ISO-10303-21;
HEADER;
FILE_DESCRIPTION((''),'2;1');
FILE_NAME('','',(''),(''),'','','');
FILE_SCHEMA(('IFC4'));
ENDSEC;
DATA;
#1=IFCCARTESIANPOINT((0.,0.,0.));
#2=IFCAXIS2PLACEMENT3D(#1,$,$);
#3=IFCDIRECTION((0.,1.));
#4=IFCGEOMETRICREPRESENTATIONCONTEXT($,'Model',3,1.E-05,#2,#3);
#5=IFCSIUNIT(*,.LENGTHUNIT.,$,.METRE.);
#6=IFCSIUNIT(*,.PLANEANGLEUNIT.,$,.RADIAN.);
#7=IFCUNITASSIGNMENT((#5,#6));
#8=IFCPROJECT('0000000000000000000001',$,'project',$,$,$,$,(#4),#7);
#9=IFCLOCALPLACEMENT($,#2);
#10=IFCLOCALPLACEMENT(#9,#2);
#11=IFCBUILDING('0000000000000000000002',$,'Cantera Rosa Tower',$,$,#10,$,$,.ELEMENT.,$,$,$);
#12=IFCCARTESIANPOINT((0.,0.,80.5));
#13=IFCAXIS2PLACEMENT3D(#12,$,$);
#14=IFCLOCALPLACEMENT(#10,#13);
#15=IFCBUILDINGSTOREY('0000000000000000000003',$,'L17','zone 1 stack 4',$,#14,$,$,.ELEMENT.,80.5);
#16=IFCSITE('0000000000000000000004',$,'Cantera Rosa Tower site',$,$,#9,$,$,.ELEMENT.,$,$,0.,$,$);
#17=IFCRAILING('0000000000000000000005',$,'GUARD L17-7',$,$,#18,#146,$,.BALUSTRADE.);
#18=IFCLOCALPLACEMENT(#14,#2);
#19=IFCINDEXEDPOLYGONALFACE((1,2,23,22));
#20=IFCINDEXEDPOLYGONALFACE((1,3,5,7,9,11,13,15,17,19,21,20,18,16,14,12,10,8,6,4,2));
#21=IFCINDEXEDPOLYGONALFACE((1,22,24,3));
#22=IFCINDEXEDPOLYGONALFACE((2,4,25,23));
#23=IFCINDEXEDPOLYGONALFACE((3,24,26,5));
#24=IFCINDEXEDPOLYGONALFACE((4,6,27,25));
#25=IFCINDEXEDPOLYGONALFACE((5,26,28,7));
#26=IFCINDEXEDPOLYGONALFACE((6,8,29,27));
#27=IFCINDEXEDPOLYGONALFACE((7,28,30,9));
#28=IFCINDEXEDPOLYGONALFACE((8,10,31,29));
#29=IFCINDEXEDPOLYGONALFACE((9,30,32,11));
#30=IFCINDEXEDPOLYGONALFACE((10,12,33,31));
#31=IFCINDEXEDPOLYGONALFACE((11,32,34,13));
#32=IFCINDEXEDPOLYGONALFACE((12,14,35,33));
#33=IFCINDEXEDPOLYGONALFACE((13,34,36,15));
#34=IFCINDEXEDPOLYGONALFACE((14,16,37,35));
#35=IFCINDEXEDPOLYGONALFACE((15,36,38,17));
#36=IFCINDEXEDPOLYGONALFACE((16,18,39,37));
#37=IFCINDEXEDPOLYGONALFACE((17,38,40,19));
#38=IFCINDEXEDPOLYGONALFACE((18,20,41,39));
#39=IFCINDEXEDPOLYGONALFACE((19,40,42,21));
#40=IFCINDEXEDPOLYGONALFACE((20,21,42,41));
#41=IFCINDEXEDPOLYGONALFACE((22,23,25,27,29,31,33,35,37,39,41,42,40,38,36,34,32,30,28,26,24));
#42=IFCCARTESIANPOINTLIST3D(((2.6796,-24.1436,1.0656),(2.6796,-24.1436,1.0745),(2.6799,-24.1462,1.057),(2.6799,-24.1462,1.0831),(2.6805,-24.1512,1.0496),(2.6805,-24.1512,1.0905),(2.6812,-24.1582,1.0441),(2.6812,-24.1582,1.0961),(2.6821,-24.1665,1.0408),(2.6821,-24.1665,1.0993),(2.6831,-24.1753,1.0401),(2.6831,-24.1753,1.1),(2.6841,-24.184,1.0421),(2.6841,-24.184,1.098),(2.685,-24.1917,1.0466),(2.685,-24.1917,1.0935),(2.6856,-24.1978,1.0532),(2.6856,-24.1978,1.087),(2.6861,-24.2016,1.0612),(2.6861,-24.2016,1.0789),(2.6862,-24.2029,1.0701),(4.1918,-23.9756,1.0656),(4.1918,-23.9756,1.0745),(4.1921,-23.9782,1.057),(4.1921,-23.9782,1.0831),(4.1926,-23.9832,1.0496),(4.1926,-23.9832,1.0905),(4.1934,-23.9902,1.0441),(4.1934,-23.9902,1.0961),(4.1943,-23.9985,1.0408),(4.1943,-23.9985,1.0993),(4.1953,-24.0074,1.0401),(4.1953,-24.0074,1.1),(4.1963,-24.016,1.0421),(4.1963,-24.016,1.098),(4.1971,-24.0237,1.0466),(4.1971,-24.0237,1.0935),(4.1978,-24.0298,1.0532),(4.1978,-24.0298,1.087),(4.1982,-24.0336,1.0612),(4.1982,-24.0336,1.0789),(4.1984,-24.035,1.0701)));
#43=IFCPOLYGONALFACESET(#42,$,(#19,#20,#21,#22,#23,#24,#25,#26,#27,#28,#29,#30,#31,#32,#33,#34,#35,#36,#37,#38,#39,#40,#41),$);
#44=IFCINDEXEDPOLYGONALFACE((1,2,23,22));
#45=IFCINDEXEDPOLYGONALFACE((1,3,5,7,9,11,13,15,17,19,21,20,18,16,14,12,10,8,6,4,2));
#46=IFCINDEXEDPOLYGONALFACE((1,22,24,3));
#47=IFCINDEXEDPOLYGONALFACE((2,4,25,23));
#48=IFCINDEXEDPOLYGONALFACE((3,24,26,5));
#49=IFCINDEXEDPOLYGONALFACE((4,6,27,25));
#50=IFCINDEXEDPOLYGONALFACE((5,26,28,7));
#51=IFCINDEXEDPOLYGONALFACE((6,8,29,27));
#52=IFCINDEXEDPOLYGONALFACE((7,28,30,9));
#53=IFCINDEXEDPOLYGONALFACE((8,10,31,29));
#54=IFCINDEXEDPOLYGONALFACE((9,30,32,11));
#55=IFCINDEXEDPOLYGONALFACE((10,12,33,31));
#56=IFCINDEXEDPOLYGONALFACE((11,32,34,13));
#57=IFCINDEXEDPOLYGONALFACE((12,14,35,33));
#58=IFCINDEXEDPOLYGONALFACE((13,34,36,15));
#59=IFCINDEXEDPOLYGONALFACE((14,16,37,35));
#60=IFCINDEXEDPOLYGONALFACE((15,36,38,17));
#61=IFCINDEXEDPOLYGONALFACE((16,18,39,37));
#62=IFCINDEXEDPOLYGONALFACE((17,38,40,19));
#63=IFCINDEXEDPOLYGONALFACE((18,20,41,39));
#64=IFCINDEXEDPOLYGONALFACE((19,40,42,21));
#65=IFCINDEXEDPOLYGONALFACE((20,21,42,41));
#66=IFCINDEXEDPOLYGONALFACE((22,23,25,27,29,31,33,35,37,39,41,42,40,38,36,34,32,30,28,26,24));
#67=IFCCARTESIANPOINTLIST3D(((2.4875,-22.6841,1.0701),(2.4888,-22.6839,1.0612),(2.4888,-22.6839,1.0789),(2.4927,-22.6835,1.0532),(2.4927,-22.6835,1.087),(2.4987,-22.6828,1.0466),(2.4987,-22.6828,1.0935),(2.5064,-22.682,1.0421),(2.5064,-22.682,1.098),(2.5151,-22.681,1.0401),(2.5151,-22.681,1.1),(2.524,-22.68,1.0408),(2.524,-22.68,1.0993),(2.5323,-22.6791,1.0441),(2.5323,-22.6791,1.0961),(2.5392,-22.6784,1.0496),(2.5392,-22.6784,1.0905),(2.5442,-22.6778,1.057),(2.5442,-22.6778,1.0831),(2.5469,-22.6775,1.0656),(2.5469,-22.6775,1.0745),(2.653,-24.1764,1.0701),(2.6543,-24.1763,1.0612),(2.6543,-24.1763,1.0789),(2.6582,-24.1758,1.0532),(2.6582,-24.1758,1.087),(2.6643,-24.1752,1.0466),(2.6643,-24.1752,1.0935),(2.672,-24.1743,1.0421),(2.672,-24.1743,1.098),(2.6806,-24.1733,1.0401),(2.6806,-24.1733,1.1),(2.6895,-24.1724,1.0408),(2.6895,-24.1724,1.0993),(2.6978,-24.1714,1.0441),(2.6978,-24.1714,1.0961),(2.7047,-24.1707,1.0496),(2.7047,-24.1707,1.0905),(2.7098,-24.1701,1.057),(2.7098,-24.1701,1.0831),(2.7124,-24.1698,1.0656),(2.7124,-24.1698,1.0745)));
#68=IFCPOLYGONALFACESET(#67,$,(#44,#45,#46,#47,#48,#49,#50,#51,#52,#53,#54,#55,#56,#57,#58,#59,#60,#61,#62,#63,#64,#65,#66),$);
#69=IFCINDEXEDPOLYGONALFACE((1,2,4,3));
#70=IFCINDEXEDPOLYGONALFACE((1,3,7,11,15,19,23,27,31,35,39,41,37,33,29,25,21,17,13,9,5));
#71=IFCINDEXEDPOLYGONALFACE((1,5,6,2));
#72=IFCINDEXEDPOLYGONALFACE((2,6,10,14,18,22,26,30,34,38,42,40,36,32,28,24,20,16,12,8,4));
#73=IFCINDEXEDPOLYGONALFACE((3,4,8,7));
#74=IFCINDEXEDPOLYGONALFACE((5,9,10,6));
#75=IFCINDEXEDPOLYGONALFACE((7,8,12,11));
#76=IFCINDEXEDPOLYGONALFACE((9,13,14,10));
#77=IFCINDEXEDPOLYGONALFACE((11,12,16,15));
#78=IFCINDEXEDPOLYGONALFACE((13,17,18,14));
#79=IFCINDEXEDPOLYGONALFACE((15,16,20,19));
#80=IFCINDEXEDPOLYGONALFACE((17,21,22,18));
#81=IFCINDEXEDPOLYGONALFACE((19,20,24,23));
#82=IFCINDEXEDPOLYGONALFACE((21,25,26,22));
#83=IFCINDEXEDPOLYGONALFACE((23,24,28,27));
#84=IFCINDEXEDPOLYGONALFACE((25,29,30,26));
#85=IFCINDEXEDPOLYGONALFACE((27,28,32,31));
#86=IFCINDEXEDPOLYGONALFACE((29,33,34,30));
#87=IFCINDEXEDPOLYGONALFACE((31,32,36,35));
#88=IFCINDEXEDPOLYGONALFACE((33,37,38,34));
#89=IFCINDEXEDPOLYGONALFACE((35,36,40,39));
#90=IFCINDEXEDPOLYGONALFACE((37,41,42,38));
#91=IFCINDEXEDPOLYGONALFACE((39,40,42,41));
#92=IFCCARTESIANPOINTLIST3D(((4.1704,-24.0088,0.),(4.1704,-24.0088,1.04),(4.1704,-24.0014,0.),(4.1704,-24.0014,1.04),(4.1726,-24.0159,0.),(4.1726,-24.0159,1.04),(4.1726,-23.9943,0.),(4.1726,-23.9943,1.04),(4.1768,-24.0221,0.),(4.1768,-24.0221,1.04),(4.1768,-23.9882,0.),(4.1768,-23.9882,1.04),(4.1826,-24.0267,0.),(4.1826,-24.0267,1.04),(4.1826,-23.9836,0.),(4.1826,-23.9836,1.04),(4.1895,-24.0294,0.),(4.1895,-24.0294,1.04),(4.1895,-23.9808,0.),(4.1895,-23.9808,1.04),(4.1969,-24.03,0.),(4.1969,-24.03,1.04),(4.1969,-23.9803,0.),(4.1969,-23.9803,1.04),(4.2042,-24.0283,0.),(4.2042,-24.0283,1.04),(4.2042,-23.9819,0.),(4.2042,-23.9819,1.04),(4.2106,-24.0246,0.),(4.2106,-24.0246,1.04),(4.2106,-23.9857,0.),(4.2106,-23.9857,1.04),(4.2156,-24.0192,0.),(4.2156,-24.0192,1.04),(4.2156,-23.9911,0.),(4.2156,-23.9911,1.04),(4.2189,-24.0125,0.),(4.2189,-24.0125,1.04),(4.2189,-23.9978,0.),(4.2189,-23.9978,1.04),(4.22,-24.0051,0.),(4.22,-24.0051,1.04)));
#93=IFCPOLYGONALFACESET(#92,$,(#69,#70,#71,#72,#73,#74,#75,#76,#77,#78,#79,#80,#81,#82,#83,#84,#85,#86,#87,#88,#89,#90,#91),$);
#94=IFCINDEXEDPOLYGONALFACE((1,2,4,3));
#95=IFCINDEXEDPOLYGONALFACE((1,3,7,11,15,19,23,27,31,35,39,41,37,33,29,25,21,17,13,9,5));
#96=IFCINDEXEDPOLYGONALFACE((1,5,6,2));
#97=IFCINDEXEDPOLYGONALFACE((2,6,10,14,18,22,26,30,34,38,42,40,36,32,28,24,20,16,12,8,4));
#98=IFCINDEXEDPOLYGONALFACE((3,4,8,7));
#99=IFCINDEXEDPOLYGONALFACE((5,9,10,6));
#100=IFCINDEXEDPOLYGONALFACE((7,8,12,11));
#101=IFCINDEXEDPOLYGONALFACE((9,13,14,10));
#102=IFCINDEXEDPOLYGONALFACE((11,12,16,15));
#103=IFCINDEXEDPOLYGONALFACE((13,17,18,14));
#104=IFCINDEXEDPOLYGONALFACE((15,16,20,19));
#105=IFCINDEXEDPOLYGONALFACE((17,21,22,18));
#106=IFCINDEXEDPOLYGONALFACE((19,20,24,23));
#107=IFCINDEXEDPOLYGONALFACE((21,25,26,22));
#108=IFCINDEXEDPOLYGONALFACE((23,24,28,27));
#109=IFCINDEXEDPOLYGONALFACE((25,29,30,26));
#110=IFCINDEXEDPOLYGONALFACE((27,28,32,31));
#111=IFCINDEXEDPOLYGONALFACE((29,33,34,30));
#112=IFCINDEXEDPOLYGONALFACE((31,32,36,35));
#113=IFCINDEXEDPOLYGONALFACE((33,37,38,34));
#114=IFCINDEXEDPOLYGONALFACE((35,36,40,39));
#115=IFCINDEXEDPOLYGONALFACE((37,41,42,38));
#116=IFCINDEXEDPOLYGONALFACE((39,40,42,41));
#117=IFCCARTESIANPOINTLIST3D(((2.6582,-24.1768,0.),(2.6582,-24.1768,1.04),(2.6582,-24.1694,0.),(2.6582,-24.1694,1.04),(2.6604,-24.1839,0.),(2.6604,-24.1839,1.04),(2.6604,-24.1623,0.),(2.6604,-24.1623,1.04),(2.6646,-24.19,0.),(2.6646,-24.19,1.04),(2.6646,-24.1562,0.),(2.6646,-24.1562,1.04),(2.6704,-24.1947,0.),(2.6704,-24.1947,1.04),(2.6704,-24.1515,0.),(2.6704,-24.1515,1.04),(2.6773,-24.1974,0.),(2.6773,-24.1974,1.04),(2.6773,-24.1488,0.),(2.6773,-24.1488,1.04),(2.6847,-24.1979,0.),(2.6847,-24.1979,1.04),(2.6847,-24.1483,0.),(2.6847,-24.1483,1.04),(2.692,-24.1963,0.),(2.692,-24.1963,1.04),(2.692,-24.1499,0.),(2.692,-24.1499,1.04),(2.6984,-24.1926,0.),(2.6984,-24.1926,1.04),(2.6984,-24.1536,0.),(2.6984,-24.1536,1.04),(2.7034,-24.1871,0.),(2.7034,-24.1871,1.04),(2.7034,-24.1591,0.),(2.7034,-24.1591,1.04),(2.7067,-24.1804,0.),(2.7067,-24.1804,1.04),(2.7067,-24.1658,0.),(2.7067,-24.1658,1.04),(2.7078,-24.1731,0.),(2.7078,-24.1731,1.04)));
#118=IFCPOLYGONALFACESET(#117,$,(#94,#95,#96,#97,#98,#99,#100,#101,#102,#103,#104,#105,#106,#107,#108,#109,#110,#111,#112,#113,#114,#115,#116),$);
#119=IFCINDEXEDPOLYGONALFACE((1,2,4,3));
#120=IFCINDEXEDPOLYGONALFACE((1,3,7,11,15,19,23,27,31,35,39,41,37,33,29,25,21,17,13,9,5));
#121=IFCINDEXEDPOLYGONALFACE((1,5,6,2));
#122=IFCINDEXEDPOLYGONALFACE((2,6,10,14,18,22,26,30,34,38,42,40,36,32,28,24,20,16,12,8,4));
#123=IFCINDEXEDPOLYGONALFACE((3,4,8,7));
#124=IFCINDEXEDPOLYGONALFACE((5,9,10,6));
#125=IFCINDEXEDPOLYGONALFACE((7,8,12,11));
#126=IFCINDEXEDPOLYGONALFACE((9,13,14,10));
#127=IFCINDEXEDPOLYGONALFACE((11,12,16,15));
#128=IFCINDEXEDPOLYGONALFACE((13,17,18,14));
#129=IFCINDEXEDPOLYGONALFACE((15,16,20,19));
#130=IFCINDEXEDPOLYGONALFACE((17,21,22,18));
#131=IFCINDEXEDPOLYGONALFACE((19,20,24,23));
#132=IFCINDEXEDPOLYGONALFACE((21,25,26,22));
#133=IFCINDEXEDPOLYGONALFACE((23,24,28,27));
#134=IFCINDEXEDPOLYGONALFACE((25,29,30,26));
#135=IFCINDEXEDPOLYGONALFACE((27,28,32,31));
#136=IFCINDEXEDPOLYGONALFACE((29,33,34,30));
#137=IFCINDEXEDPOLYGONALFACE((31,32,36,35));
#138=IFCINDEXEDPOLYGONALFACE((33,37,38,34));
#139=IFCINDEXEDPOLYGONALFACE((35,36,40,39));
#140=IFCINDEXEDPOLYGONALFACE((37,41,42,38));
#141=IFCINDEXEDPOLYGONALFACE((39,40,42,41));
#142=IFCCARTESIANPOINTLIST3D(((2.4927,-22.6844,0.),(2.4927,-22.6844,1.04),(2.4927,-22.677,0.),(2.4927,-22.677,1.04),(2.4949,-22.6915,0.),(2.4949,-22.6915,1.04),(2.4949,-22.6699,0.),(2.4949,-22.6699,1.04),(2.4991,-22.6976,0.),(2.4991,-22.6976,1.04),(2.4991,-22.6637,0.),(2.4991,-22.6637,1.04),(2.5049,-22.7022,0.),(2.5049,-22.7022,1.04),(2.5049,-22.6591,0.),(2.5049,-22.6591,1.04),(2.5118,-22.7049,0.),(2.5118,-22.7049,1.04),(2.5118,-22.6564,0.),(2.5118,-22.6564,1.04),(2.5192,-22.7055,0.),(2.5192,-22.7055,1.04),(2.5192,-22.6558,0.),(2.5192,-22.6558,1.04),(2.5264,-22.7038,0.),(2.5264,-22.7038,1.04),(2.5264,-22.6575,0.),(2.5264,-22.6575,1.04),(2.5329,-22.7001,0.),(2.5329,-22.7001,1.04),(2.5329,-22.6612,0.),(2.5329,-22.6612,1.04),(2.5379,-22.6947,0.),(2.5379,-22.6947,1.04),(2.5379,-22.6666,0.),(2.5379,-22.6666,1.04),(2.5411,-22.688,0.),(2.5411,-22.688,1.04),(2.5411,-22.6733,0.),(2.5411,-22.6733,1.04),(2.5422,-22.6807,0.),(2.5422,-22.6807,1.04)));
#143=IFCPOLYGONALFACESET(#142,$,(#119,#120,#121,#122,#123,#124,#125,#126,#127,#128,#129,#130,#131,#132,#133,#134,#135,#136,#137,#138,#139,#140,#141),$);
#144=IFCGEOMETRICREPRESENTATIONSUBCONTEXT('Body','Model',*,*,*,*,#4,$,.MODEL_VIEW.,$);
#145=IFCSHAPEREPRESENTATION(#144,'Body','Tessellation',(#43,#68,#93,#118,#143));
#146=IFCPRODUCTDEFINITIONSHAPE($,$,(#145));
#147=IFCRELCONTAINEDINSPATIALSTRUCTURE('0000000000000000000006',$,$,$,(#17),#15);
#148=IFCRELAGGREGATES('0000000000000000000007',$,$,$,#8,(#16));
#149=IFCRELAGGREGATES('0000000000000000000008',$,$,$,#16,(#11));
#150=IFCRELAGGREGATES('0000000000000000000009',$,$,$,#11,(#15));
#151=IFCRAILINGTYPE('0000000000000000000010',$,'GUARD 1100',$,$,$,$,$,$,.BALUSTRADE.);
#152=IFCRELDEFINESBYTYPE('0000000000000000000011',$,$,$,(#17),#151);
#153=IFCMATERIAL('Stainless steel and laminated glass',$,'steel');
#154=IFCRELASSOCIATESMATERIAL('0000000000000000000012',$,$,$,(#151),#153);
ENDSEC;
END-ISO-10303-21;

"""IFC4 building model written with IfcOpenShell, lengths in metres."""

from ifc_helpers import new_model, si_unit, direction, frame, origin, origin_2d, place, context, subcontext, project, spatial, circle, extrude, material, type_object, element, save


model = new_model("IFC4")

# Units and contexts
model_context = context("Model", 3, precision=1e-05, world=origin(), true_north=direction((0.0, 1.0)))
body_context = subcontext(model_context, "Body", "Model", "MODEL_VIEW")
ifc_project = project(units=[si_unit("LENGTHUNIT", "METRE"), si_unit("PLANEANGLEUNIT", "RADIAN")], contexts=[model_context])

# Site, building, storey
site_placement = place(None, origin())
site = spatial("IfcSite", under=ifc_project, at=site_placement, Name="Cantera Rosa Tower site", CompositionType="ELEMENT", RefElevation=0.0)
building_placement = place(site_placement, origin())
building = spatial("IfcBuilding", under=site, at=building_placement, Name="Cantera Rosa Tower", CompositionType="ELEMENT")
storey_placement = place(building_placement, frame((0.0, 0.0, 80.5)))
storey = spatial("IfcBuildingStorey", under=building, at=storey_placement, Name="L17", Description="zone 1 stack 4", CompositionType="ELEMENT", Elevation=80.5)

# Railing
ifc_material_1 = material(Name="Stainless steel and laminated glass", Category="steel")
railing_type = type_object("IfcRailingType", Name="GUARD 1100", PredefinedType="BALUSTRADE", material=ifc_material_1)
railing_1_placement = place(storey_placement, frame((4.1951, -24.0051, 0.0)))
element("IfcRailing", 1, at=railing_1_placement, inside=storey, type_object=railing_type, Name="GUARD L17-7", PredefinedType="BALUSTRADE", context=body_context, shape_type="SweptSolid", body=[
    extrude(circle(Radius=0.03, at=origin_2d()), frame((0.0, 0.0, 1.0701), z_axis=(-0.993888, -0.110396, 0.0), x_axis=(0.110396, -0.993888, 0.0)), (0.0, 0.0, 1.0), 1.5215),
    extrude(circle(Radius=0.03, at=origin_2d()), frame((-1.5122, -0.168, 1.0701), z_axis=(-0.110235, 0.993906, 0.0), x_axis=(-0.993906, -0.110235, 0.0)), (0.0, 0.0, 1.0), 1.5015),
    extrude(circle(Radius=0.0249, at=origin_2d()), origin(), (0.0, 0.0, 1.0), 1.04),
    extrude(circle(Radius=0.0249, at=origin_2d()), frame((-1.5122, -0.168, 0.0)), (0.0, 0.0, 1.0), 1.04),
    extrude(circle(Radius=0.0249, at=origin_2d()), frame((-1.6777, 1.3245, 0.0)), (0.0, 0.0, 1.0), 1.04),
])

save(model, "model.ifc")
